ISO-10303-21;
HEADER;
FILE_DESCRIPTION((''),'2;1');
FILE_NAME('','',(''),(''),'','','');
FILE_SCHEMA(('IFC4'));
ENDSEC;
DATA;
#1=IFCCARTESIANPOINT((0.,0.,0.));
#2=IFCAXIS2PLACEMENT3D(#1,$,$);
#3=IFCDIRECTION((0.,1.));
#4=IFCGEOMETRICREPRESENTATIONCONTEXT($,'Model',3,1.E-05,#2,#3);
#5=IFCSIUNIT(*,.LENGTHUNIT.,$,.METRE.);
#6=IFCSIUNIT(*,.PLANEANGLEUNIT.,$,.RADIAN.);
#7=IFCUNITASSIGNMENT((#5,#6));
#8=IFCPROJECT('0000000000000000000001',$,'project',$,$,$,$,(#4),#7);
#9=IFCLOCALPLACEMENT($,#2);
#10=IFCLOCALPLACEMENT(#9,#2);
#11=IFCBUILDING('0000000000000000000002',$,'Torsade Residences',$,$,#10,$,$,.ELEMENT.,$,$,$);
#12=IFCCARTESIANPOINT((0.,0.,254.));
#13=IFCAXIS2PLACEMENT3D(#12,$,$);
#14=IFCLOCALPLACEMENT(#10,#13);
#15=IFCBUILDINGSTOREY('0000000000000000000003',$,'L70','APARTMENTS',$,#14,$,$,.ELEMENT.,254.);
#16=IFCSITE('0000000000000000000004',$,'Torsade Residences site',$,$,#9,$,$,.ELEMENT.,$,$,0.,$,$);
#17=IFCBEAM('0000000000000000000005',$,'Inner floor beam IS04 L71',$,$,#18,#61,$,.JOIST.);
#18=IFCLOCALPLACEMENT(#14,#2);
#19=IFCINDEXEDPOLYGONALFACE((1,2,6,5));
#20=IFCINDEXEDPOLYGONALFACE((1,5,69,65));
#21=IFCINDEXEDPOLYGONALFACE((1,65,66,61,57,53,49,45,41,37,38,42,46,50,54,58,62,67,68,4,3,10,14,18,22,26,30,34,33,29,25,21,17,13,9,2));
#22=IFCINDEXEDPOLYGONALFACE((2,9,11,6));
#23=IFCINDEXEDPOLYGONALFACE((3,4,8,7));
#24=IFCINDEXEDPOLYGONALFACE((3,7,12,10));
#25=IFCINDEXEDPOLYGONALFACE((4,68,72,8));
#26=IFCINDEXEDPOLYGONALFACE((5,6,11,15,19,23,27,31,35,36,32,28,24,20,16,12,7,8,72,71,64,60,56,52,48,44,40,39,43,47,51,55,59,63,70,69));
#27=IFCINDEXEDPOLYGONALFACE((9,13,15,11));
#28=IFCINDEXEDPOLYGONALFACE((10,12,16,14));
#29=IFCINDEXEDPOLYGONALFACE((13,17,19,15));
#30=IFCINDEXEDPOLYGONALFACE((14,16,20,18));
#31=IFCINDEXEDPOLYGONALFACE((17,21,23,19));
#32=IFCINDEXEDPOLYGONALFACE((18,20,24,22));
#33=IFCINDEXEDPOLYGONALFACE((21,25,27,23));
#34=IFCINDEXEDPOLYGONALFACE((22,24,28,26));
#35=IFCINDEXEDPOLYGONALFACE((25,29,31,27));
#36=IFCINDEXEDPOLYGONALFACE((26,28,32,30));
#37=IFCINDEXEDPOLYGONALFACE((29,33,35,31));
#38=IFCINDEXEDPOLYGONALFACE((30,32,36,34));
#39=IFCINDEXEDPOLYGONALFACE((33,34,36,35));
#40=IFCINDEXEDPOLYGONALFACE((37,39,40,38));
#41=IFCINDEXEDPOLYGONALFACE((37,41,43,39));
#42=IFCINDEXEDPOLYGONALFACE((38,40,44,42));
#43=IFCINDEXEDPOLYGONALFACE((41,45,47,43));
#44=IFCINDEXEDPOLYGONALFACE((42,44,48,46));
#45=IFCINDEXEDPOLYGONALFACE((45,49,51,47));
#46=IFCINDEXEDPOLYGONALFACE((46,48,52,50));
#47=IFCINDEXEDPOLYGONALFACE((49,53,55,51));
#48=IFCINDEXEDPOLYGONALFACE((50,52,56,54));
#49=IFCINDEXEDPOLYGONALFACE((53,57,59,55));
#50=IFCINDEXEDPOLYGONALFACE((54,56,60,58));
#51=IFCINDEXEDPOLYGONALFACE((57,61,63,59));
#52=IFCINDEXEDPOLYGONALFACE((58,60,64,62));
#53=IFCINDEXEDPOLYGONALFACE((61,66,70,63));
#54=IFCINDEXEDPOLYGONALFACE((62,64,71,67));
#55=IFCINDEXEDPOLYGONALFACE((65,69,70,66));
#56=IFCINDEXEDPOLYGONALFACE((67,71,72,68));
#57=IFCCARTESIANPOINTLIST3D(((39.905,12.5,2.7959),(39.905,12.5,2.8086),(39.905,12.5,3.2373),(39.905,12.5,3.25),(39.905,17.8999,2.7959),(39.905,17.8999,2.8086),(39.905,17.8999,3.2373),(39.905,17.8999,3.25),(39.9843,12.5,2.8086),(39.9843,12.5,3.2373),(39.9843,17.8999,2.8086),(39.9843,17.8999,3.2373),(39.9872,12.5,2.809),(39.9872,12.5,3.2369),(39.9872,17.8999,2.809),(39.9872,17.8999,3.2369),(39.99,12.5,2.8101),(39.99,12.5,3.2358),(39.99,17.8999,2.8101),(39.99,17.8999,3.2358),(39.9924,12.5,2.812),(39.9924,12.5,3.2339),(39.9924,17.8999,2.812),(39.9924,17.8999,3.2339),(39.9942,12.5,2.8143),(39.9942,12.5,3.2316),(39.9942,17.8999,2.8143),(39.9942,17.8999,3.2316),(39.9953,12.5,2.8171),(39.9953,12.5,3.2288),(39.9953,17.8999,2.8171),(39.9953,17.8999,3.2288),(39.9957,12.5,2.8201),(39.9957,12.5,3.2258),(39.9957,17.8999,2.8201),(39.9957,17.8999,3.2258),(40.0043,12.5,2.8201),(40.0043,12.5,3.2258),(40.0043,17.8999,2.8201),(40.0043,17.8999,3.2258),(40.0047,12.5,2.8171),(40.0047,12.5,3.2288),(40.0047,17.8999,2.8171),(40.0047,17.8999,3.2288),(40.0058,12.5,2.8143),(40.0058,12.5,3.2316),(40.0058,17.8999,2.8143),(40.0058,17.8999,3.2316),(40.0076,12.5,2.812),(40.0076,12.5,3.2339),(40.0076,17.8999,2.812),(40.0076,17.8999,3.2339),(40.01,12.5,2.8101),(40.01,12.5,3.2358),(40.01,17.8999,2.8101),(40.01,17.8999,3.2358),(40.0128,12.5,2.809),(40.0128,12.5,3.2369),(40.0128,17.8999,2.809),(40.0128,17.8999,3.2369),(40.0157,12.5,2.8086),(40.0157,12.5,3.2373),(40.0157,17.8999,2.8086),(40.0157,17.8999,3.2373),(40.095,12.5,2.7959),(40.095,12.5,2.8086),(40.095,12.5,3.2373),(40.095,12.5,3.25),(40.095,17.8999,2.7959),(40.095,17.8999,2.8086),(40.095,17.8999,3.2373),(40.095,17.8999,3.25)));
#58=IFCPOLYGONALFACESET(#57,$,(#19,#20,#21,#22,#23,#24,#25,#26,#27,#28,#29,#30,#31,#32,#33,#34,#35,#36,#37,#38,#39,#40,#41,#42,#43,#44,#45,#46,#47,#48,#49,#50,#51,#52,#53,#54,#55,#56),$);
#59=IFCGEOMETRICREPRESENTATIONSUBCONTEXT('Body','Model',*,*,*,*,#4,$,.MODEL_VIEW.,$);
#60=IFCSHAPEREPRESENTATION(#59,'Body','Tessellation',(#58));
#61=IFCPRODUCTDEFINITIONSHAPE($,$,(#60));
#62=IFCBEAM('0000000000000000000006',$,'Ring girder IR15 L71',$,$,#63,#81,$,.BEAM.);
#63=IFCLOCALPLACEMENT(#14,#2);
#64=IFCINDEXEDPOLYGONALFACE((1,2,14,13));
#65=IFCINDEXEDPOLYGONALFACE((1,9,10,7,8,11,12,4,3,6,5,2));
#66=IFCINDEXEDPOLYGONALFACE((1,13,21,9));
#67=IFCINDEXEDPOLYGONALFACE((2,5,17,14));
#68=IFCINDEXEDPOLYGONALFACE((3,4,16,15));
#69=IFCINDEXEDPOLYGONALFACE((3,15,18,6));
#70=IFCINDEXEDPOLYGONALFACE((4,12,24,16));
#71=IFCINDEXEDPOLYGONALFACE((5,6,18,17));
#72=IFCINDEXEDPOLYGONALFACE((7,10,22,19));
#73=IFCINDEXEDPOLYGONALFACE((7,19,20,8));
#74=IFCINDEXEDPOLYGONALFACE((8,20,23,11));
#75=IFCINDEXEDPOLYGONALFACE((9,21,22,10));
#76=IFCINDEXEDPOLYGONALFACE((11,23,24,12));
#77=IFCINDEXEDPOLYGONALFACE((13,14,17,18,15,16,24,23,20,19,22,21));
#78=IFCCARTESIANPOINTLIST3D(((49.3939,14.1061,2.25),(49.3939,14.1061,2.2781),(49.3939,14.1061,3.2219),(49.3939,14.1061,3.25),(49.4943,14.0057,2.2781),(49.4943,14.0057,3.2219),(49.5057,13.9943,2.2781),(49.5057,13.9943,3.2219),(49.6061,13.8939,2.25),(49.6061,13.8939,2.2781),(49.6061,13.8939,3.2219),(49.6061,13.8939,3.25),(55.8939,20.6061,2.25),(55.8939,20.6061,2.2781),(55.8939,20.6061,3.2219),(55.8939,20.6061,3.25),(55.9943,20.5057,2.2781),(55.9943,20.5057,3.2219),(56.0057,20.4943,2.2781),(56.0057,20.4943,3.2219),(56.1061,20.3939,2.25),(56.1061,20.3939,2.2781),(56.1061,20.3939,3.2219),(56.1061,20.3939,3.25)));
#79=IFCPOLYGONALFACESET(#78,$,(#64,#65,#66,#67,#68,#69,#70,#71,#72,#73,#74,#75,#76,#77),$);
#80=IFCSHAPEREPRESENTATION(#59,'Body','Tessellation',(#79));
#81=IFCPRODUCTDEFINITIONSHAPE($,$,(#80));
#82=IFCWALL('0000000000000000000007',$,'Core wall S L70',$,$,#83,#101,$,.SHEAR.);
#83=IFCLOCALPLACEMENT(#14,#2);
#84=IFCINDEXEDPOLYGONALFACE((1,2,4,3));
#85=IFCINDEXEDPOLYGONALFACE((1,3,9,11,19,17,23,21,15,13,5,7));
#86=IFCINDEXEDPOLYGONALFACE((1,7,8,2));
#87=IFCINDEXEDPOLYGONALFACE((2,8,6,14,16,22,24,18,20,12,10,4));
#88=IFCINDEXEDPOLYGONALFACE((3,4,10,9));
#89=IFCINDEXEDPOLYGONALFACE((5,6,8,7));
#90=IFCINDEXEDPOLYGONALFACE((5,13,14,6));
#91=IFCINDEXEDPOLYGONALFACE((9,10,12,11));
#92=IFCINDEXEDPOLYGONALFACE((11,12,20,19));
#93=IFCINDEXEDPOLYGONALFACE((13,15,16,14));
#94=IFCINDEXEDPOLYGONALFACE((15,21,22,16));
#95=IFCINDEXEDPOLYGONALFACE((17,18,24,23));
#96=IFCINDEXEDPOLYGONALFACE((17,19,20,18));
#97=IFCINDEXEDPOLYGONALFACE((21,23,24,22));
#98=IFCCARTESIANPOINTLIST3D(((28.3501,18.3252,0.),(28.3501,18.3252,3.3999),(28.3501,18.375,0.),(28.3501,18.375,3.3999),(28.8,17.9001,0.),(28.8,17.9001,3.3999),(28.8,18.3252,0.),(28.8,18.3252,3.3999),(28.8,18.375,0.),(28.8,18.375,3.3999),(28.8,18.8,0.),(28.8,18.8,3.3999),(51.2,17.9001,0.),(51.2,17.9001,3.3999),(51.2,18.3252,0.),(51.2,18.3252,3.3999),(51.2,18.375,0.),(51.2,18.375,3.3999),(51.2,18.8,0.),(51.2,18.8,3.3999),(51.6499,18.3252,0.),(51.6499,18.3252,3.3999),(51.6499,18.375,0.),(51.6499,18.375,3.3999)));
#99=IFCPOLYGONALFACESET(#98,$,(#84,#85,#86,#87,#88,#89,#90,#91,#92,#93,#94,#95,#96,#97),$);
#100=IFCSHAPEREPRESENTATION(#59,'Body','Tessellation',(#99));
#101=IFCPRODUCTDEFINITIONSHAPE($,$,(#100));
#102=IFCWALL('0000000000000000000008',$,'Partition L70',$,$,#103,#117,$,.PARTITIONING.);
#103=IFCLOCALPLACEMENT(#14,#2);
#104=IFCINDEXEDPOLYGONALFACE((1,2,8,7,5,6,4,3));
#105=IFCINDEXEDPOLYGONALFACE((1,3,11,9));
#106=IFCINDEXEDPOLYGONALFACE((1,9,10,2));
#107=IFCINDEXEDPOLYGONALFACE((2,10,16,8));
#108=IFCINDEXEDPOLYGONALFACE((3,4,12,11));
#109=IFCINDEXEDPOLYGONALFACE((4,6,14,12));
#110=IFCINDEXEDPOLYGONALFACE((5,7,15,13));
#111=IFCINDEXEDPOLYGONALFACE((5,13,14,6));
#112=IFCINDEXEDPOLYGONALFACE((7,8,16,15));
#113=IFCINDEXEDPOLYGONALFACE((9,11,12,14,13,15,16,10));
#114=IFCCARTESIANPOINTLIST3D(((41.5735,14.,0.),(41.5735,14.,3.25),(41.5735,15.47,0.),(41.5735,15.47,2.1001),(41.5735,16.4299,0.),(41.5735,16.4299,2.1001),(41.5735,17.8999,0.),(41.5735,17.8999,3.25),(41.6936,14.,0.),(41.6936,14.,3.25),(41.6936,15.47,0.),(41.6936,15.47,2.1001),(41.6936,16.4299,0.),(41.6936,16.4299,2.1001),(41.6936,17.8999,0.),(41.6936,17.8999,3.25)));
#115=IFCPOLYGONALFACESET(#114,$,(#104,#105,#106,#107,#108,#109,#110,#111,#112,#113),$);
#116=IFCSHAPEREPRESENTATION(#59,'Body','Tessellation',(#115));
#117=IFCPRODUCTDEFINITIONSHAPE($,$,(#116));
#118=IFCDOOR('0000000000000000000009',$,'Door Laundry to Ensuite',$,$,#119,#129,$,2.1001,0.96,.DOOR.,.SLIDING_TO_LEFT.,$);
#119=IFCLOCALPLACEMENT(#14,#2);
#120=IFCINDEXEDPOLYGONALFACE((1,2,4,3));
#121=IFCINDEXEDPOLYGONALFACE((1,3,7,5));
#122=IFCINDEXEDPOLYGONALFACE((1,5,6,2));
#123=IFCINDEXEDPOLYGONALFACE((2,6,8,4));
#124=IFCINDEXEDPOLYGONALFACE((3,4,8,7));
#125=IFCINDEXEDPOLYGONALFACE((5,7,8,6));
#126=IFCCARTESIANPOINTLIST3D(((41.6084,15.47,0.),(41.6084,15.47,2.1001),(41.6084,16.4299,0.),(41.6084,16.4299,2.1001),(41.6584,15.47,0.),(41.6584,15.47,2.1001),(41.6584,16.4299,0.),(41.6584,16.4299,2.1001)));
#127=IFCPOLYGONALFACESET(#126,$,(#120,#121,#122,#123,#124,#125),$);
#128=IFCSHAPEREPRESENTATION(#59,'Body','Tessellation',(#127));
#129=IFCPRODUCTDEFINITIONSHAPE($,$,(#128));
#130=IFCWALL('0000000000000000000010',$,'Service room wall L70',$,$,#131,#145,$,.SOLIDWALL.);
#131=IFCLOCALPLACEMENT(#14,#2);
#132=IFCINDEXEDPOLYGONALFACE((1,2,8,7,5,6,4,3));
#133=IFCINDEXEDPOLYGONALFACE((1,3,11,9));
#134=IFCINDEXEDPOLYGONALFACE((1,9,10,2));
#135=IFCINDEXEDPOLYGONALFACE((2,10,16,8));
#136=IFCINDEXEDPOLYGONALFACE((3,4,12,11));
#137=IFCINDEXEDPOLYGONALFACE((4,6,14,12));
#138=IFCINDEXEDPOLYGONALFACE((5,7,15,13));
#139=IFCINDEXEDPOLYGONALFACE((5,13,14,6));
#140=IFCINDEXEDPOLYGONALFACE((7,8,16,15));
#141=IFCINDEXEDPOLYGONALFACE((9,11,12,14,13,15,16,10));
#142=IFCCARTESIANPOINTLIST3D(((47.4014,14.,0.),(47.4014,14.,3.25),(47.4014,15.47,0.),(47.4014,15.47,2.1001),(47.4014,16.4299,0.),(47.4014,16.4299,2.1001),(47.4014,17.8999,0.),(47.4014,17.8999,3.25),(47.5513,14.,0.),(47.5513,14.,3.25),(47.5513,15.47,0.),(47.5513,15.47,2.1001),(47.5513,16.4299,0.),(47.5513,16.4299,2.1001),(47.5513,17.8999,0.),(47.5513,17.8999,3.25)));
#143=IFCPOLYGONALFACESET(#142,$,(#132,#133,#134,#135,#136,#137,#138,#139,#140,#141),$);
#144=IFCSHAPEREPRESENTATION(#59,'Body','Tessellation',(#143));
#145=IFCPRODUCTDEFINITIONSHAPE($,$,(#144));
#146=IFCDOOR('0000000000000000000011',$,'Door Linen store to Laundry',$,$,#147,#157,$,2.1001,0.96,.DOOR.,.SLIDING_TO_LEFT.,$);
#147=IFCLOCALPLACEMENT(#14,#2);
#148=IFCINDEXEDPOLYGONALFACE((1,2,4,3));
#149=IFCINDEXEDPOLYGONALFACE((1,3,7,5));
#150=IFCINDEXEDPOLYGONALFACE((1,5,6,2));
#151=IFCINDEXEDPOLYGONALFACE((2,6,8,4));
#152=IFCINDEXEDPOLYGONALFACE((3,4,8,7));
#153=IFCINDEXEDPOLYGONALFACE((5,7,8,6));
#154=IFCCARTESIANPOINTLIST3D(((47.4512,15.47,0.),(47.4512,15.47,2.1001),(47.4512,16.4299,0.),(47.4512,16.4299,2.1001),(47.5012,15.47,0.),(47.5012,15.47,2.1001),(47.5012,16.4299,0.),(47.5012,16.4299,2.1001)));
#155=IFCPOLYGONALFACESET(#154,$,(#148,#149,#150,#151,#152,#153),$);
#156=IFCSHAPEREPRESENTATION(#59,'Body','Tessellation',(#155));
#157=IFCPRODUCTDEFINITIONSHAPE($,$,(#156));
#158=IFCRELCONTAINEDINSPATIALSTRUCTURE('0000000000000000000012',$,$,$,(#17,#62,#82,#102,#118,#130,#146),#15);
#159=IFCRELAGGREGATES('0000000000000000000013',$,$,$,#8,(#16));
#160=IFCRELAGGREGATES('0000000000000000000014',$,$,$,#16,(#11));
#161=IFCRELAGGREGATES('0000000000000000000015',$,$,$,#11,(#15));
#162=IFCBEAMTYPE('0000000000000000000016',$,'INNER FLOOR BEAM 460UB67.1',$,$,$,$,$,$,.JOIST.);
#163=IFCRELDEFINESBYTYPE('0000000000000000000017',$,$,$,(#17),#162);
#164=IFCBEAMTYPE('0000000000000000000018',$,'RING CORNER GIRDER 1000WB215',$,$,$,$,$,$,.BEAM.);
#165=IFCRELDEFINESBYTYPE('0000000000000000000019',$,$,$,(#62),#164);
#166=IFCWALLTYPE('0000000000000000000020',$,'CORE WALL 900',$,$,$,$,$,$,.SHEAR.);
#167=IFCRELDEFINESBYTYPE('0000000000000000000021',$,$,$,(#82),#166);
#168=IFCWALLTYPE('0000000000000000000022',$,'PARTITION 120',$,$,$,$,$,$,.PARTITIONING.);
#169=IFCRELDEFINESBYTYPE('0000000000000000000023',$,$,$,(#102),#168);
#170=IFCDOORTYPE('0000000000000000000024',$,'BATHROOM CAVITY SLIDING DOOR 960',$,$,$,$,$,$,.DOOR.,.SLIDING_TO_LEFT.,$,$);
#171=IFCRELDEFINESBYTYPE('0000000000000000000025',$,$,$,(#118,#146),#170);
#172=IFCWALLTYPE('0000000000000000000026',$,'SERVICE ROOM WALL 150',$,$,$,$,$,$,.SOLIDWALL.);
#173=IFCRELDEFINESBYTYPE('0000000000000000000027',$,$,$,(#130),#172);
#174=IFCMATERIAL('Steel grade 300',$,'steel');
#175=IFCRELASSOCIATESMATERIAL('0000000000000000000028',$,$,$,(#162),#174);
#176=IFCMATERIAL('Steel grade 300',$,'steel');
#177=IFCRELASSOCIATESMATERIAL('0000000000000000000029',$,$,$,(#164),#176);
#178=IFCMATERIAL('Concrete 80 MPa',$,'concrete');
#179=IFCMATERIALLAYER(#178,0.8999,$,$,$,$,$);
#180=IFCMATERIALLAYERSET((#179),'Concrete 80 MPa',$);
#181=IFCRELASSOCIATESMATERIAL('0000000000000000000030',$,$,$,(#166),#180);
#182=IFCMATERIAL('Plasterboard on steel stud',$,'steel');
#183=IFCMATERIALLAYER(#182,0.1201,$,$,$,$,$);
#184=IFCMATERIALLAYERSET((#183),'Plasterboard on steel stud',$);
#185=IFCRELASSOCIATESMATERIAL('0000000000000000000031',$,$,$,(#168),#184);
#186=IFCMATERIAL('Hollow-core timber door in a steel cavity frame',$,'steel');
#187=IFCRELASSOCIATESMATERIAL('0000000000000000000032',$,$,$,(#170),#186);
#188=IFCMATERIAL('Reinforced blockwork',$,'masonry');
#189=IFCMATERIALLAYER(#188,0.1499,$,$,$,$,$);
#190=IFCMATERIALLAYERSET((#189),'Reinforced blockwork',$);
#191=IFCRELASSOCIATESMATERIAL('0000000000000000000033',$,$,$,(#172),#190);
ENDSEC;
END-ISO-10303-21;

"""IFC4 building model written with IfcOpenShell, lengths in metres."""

from ifc_helpers import new_model, si_unit, direction, frame, frame_2d, origin, origin_2d, place, context, subcontext, project, spatial, polyline, rectangle, i_section, outline, extrude, material, layer, layer_set, material_profile, profile_set, type_object, element, fill, save


model = new_model("IFC4")

# Units and contexts
model_context = context("Model", 3, precision=1e-05, world=origin(), true_north=direction((0.0, 1.0)))
body_context = subcontext(model_context, "Body", "Model", "MODEL_VIEW")
ifc_project = project(units=[si_unit("LENGTHUNIT", "METRE"), si_unit("PLANEANGLEUNIT", "RADIAN")], contexts=[model_context])

# Site, building, storey
site_placement = place(None, origin())
site = spatial("IfcSite", under=ifc_project, at=site_placement, Name="Torsade Residences site", CompositionType="ELEMENT", RefElevation=0.0)
building_placement = place(site_placement, origin())
building = spatial("IfcBuilding", under=site, at=building_placement, Name="Torsade Residences", CompositionType="ELEMENT")
storey_placement = place(building_placement, frame((0.0, 0.0, 254.0)))
storey = spatial("IfcBuildingStorey", under=building, at=storey_placement, Name="L70", Description="APARTMENTS", CompositionType="ELEMENT", Elevation=254.0)

# Beams
ifc_material_1 = material(Name="Steel grade 300", Category="steel")
ifc_material_profile_1 = material_profile(ifc_material_1, i_section(OverallWidth=0.1899, OverallDepth=0.4541, WebThickness=0.0085, FlangeThickness=0.0127, FilletRadius=0.0115, at=origin_2d()), Name="460UB67.1")
ifc_profile_set_1 = profile_set([ifc_material_profile_1], Name="Steel grade 300")
beam_type_1 = type_object("IfcBeamType", Name="INNER FLOOR BEAM 460UB67.1", PredefinedType="JOIST", material=ifc_profile_set_1)
for number, where, z_axis, x_axis, name in (
    (1, (40.0, 17.8999, 3.0229), (0.0, -1.0, 0.0), (1.0, 0.0, 0.0), "Inner floor beam IS04 L71"),
):
    element("IfcBeam", number, at=place(storey_placement, frame(where, z_axis=z_axis, x_axis=x_axis)), inside=storey, type_object=beam_type_1, Name=name, PredefinedType="JOIST", context=body_context, shape_type="SweptSolid", body=[
        extrude(i_section(OverallWidth=0.1899, OverallDepth=0.4541, WebThickness=0.0085, FlangeThickness=0.0127, FilletRadius=0.0115, at=origin_2d()), origin(), (0.0, 0.0, 1.0), 5.3999),
    ])
ifc_material_2 = material(Name="Steel grade 300", Category="steel")
ifc_material_profile_2 = material_profile(ifc_material_2, i_section(OverallWidth=0.3, OverallDepth=1.0, WebThickness=0.0161, FlangeThickness=0.0281, at=origin_2d()), Name="1000WB215")
ifc_profile_set_2 = profile_set([ifc_material_profile_2], Name="Steel grade 300")
beam_type_2 = type_object("IfcBeamType", Name="RING CORNER GIRDER 1000WB215", PredefinedType="BEAM", material=ifc_profile_set_2)
beam_1_placement = place(storey_placement, frame((49.5, 14.0, 2.75), z_axis=(0.707107, 0.707107, 0.0), x_axis=(-0.707107, 0.707107, 0.0)))
element("IfcBeam", 2, at=beam_1_placement, inside=storey, type_object=beam_type_2, Name="Ring girder IR15 L71", PredefinedType="BEAM", context=body_context, shape_type="SweptSolid", body=[
    extrude(i_section(OverallWidth=0.3, OverallDepth=1.0, WebThickness=0.0161, FlangeThickness=0.0281, at=origin_2d()), origin(), (0.0, 0.0, 1.0), 9.1924),
])

# Wall
ifc_material_3 = material(Name="Concrete 80 MPa", Category="concrete")
ifc_layer_1 = layer(ifc_material_3, 0.8999)
ifc_layer_set_1 = layer_set([ifc_layer_1], Name="Concrete 80 MPa")
wall_type_1 = type_object("IfcWallType", Name="CORE WALL 900", PredefinedType="SHEAR", material=ifc_layer_set_1)
wall_1_placement = place(storey_placement, frame((51.2, 18.3501, 0.0), z_axis=(0.0, 0.0, 1.0), x_axis=(-1.0, 0.0, 0.0)))
element("IfcWall", 3, at=wall_1_placement, inside=storey, type_object=wall_type_1, Name="Core wall S L70", PredefinedType="SHEAR", context=body_context, shape_type="SweptSolid", body=[
    extrude(outline(polyline([(0.0, -0.45), (22.3999, -0.45), (22.3999, -0.0249), (22.8499, -0.0249), (22.8499, 0.0249), (22.3999, 0.0249), (22.3999, 0.45), (0.0, 0.45), (0.0, 0.0249), (-0.45, 0.0249), (-0.45, -0.0249), (0.0, -0.0249), (0.0, -0.45)])), origin(), (0.0, 0.0, 1.0), 3.3999),
])

# Walls, openings, doors
ifc_material_4 = material(Name="Plasterboard on steel stud", Category="steel")
ifc_layer_2 = layer(ifc_material_4, 0.1201)
ifc_layer_set_2 = layer_set([ifc_layer_2], Name="Plasterboard on steel stud")
wall_type_2 = type_object("IfcWallType", Name="PARTITION 120", PredefinedType="PARTITIONING", material=ifc_layer_set_2)
wall_2_placement = place(storey_placement, frame((41.6335, 17.8999, 0.0), z_axis=(0.0, 0.0, 1.0), x_axis=(0.0, -1.0, 0.0)))
wall_2 = element("IfcWall", 4, at=wall_2_placement, inside=storey, type_object=wall_type_2, Name="Partition L70", PredefinedType="PARTITIONING", context=body_context, shape_type="SweptSolid", body=[
    extrude(rectangle(XDim=3.8999, YDim=0.1201, at=frame_2d((1.95, 0.0))), origin(), (0.0, 0.0, 1.0), 3.25),
])
opening_1_placement = place(wall_2_placement, frame((1.47, 0.0, 0.0)))
opening_1 = element("IfcOpeningElement", 5, at=opening_1_placement, cuts=wall_2, PredefinedType="OPENING", context=body_context, shape_type="SweptSolid", body=[
    extrude(rectangle(XDim=0.96, YDim=2.1001, at=frame_2d((0.48, 1.05))), frame((0.0, 0.0701, 0.0), z_axis=(0.0, -1.0, 0.0), x_axis=(1.0, 0.0, 0.0)), (0.0, 0.0, 1.0), 0.1401),
])
ifc_material_5 = material(Name="Hollow-core timber door in a steel cavity frame", Category="steel")
door_type_1 = type_object("IfcDoorType", Name="BATHROOM CAVITY SLIDING DOOR 960", OperationType="SLIDING_TO_LEFT", PredefinedType="DOOR", material=ifc_material_5)
door_1_placement = place(opening_1_placement, origin())
door_1 = element("IfcDoor", 6, at=door_1_placement, inside=storey, type_object=door_type_1, Name="Door Laundry to Ensuite", OperationType="SLIDING_TO_LEFT", OverallHeight=2.1001, OverallWidth=0.96, PredefinedType="DOOR", context=body_context, shape_type="SweptSolid", body=[
    extrude(rectangle(XDim=0.96, YDim=2.1001, at=frame_2d((0.48, 1.05))), frame((0.0, 0.0249, 0.0), z_axis=(0.0, -1.0, 0.0), x_axis=(1.0, 0.0, 0.0)), (0.0, 0.0, 1.0), 0.05),
])
fill(opening_1, door_1)
ifc_material_6 = material(Name="Reinforced blockwork", Category="masonry")
ifc_layer_3 = layer(ifc_material_6, 0.1499)
ifc_layer_set_3 = layer_set([ifc_layer_3], Name="Reinforced blockwork")
wall_type_3 = type_object("IfcWallType", Name="SERVICE ROOM WALL 150", PredefinedType="SOLIDWALL", material=ifc_layer_set_3)
wall_3_placement = place(storey_placement, frame((47.4763, 17.8999, 0.0), z_axis=(0.0, 0.0, 1.0), x_axis=(0.0, -1.0, 0.0)))
wall_3 = element("IfcWall", 7, at=wall_3_placement, inside=storey, type_object=wall_type_3, Name="Service room wall L70", PredefinedType="SOLIDWALL", context=body_context, shape_type="SweptSolid", body=[
    extrude(rectangle(XDim=3.8999, YDim=0.1499, at=frame_2d((1.95, 0.0))), origin(), (0.0, 0.0, 1.0), 3.25),
])
opening_2_placement = place(wall_3_placement, frame((1.47, 0.0, 0.0)))
opening_2 = element("IfcOpeningElement", 8, at=opening_2_placement, cuts=wall_3, PredefinedType="OPENING", context=body_context, shape_type="SweptSolid", body=[
    extrude(rectangle(XDim=0.96, YDim=2.1001, at=frame_2d((0.48, 1.05))), frame((0.0, 0.085, 0.0), z_axis=(0.0, -1.0, 0.0), x_axis=(1.0, 0.0, 0.0)), (0.0, 0.0, 1.0), 0.1699),
])
door_2_placement = place(opening_2_placement, origin())
door_2 = element("IfcDoor", 9, at=door_2_placement, inside=storey, type_object=door_type_1, Name="Door Linen store to Laundry", OperationType="SLIDING_TO_LEFT", OverallHeight=2.1001, OverallWidth=0.96, PredefinedType="DOOR", context=body_context, shape_type="SweptSolid", body=[
    extrude(rectangle(XDim=0.96, YDim=2.1001, at=frame_2d((0.48, 1.05))), frame((0.0, 0.0249, 0.0), z_axis=(0.0, -1.0, 0.0), x_axis=(1.0, 0.0, 0.0)), (0.0, 0.0, 1.0), 0.05),
])
fill(opening_2, door_2)

save(model, "model.ifc")
